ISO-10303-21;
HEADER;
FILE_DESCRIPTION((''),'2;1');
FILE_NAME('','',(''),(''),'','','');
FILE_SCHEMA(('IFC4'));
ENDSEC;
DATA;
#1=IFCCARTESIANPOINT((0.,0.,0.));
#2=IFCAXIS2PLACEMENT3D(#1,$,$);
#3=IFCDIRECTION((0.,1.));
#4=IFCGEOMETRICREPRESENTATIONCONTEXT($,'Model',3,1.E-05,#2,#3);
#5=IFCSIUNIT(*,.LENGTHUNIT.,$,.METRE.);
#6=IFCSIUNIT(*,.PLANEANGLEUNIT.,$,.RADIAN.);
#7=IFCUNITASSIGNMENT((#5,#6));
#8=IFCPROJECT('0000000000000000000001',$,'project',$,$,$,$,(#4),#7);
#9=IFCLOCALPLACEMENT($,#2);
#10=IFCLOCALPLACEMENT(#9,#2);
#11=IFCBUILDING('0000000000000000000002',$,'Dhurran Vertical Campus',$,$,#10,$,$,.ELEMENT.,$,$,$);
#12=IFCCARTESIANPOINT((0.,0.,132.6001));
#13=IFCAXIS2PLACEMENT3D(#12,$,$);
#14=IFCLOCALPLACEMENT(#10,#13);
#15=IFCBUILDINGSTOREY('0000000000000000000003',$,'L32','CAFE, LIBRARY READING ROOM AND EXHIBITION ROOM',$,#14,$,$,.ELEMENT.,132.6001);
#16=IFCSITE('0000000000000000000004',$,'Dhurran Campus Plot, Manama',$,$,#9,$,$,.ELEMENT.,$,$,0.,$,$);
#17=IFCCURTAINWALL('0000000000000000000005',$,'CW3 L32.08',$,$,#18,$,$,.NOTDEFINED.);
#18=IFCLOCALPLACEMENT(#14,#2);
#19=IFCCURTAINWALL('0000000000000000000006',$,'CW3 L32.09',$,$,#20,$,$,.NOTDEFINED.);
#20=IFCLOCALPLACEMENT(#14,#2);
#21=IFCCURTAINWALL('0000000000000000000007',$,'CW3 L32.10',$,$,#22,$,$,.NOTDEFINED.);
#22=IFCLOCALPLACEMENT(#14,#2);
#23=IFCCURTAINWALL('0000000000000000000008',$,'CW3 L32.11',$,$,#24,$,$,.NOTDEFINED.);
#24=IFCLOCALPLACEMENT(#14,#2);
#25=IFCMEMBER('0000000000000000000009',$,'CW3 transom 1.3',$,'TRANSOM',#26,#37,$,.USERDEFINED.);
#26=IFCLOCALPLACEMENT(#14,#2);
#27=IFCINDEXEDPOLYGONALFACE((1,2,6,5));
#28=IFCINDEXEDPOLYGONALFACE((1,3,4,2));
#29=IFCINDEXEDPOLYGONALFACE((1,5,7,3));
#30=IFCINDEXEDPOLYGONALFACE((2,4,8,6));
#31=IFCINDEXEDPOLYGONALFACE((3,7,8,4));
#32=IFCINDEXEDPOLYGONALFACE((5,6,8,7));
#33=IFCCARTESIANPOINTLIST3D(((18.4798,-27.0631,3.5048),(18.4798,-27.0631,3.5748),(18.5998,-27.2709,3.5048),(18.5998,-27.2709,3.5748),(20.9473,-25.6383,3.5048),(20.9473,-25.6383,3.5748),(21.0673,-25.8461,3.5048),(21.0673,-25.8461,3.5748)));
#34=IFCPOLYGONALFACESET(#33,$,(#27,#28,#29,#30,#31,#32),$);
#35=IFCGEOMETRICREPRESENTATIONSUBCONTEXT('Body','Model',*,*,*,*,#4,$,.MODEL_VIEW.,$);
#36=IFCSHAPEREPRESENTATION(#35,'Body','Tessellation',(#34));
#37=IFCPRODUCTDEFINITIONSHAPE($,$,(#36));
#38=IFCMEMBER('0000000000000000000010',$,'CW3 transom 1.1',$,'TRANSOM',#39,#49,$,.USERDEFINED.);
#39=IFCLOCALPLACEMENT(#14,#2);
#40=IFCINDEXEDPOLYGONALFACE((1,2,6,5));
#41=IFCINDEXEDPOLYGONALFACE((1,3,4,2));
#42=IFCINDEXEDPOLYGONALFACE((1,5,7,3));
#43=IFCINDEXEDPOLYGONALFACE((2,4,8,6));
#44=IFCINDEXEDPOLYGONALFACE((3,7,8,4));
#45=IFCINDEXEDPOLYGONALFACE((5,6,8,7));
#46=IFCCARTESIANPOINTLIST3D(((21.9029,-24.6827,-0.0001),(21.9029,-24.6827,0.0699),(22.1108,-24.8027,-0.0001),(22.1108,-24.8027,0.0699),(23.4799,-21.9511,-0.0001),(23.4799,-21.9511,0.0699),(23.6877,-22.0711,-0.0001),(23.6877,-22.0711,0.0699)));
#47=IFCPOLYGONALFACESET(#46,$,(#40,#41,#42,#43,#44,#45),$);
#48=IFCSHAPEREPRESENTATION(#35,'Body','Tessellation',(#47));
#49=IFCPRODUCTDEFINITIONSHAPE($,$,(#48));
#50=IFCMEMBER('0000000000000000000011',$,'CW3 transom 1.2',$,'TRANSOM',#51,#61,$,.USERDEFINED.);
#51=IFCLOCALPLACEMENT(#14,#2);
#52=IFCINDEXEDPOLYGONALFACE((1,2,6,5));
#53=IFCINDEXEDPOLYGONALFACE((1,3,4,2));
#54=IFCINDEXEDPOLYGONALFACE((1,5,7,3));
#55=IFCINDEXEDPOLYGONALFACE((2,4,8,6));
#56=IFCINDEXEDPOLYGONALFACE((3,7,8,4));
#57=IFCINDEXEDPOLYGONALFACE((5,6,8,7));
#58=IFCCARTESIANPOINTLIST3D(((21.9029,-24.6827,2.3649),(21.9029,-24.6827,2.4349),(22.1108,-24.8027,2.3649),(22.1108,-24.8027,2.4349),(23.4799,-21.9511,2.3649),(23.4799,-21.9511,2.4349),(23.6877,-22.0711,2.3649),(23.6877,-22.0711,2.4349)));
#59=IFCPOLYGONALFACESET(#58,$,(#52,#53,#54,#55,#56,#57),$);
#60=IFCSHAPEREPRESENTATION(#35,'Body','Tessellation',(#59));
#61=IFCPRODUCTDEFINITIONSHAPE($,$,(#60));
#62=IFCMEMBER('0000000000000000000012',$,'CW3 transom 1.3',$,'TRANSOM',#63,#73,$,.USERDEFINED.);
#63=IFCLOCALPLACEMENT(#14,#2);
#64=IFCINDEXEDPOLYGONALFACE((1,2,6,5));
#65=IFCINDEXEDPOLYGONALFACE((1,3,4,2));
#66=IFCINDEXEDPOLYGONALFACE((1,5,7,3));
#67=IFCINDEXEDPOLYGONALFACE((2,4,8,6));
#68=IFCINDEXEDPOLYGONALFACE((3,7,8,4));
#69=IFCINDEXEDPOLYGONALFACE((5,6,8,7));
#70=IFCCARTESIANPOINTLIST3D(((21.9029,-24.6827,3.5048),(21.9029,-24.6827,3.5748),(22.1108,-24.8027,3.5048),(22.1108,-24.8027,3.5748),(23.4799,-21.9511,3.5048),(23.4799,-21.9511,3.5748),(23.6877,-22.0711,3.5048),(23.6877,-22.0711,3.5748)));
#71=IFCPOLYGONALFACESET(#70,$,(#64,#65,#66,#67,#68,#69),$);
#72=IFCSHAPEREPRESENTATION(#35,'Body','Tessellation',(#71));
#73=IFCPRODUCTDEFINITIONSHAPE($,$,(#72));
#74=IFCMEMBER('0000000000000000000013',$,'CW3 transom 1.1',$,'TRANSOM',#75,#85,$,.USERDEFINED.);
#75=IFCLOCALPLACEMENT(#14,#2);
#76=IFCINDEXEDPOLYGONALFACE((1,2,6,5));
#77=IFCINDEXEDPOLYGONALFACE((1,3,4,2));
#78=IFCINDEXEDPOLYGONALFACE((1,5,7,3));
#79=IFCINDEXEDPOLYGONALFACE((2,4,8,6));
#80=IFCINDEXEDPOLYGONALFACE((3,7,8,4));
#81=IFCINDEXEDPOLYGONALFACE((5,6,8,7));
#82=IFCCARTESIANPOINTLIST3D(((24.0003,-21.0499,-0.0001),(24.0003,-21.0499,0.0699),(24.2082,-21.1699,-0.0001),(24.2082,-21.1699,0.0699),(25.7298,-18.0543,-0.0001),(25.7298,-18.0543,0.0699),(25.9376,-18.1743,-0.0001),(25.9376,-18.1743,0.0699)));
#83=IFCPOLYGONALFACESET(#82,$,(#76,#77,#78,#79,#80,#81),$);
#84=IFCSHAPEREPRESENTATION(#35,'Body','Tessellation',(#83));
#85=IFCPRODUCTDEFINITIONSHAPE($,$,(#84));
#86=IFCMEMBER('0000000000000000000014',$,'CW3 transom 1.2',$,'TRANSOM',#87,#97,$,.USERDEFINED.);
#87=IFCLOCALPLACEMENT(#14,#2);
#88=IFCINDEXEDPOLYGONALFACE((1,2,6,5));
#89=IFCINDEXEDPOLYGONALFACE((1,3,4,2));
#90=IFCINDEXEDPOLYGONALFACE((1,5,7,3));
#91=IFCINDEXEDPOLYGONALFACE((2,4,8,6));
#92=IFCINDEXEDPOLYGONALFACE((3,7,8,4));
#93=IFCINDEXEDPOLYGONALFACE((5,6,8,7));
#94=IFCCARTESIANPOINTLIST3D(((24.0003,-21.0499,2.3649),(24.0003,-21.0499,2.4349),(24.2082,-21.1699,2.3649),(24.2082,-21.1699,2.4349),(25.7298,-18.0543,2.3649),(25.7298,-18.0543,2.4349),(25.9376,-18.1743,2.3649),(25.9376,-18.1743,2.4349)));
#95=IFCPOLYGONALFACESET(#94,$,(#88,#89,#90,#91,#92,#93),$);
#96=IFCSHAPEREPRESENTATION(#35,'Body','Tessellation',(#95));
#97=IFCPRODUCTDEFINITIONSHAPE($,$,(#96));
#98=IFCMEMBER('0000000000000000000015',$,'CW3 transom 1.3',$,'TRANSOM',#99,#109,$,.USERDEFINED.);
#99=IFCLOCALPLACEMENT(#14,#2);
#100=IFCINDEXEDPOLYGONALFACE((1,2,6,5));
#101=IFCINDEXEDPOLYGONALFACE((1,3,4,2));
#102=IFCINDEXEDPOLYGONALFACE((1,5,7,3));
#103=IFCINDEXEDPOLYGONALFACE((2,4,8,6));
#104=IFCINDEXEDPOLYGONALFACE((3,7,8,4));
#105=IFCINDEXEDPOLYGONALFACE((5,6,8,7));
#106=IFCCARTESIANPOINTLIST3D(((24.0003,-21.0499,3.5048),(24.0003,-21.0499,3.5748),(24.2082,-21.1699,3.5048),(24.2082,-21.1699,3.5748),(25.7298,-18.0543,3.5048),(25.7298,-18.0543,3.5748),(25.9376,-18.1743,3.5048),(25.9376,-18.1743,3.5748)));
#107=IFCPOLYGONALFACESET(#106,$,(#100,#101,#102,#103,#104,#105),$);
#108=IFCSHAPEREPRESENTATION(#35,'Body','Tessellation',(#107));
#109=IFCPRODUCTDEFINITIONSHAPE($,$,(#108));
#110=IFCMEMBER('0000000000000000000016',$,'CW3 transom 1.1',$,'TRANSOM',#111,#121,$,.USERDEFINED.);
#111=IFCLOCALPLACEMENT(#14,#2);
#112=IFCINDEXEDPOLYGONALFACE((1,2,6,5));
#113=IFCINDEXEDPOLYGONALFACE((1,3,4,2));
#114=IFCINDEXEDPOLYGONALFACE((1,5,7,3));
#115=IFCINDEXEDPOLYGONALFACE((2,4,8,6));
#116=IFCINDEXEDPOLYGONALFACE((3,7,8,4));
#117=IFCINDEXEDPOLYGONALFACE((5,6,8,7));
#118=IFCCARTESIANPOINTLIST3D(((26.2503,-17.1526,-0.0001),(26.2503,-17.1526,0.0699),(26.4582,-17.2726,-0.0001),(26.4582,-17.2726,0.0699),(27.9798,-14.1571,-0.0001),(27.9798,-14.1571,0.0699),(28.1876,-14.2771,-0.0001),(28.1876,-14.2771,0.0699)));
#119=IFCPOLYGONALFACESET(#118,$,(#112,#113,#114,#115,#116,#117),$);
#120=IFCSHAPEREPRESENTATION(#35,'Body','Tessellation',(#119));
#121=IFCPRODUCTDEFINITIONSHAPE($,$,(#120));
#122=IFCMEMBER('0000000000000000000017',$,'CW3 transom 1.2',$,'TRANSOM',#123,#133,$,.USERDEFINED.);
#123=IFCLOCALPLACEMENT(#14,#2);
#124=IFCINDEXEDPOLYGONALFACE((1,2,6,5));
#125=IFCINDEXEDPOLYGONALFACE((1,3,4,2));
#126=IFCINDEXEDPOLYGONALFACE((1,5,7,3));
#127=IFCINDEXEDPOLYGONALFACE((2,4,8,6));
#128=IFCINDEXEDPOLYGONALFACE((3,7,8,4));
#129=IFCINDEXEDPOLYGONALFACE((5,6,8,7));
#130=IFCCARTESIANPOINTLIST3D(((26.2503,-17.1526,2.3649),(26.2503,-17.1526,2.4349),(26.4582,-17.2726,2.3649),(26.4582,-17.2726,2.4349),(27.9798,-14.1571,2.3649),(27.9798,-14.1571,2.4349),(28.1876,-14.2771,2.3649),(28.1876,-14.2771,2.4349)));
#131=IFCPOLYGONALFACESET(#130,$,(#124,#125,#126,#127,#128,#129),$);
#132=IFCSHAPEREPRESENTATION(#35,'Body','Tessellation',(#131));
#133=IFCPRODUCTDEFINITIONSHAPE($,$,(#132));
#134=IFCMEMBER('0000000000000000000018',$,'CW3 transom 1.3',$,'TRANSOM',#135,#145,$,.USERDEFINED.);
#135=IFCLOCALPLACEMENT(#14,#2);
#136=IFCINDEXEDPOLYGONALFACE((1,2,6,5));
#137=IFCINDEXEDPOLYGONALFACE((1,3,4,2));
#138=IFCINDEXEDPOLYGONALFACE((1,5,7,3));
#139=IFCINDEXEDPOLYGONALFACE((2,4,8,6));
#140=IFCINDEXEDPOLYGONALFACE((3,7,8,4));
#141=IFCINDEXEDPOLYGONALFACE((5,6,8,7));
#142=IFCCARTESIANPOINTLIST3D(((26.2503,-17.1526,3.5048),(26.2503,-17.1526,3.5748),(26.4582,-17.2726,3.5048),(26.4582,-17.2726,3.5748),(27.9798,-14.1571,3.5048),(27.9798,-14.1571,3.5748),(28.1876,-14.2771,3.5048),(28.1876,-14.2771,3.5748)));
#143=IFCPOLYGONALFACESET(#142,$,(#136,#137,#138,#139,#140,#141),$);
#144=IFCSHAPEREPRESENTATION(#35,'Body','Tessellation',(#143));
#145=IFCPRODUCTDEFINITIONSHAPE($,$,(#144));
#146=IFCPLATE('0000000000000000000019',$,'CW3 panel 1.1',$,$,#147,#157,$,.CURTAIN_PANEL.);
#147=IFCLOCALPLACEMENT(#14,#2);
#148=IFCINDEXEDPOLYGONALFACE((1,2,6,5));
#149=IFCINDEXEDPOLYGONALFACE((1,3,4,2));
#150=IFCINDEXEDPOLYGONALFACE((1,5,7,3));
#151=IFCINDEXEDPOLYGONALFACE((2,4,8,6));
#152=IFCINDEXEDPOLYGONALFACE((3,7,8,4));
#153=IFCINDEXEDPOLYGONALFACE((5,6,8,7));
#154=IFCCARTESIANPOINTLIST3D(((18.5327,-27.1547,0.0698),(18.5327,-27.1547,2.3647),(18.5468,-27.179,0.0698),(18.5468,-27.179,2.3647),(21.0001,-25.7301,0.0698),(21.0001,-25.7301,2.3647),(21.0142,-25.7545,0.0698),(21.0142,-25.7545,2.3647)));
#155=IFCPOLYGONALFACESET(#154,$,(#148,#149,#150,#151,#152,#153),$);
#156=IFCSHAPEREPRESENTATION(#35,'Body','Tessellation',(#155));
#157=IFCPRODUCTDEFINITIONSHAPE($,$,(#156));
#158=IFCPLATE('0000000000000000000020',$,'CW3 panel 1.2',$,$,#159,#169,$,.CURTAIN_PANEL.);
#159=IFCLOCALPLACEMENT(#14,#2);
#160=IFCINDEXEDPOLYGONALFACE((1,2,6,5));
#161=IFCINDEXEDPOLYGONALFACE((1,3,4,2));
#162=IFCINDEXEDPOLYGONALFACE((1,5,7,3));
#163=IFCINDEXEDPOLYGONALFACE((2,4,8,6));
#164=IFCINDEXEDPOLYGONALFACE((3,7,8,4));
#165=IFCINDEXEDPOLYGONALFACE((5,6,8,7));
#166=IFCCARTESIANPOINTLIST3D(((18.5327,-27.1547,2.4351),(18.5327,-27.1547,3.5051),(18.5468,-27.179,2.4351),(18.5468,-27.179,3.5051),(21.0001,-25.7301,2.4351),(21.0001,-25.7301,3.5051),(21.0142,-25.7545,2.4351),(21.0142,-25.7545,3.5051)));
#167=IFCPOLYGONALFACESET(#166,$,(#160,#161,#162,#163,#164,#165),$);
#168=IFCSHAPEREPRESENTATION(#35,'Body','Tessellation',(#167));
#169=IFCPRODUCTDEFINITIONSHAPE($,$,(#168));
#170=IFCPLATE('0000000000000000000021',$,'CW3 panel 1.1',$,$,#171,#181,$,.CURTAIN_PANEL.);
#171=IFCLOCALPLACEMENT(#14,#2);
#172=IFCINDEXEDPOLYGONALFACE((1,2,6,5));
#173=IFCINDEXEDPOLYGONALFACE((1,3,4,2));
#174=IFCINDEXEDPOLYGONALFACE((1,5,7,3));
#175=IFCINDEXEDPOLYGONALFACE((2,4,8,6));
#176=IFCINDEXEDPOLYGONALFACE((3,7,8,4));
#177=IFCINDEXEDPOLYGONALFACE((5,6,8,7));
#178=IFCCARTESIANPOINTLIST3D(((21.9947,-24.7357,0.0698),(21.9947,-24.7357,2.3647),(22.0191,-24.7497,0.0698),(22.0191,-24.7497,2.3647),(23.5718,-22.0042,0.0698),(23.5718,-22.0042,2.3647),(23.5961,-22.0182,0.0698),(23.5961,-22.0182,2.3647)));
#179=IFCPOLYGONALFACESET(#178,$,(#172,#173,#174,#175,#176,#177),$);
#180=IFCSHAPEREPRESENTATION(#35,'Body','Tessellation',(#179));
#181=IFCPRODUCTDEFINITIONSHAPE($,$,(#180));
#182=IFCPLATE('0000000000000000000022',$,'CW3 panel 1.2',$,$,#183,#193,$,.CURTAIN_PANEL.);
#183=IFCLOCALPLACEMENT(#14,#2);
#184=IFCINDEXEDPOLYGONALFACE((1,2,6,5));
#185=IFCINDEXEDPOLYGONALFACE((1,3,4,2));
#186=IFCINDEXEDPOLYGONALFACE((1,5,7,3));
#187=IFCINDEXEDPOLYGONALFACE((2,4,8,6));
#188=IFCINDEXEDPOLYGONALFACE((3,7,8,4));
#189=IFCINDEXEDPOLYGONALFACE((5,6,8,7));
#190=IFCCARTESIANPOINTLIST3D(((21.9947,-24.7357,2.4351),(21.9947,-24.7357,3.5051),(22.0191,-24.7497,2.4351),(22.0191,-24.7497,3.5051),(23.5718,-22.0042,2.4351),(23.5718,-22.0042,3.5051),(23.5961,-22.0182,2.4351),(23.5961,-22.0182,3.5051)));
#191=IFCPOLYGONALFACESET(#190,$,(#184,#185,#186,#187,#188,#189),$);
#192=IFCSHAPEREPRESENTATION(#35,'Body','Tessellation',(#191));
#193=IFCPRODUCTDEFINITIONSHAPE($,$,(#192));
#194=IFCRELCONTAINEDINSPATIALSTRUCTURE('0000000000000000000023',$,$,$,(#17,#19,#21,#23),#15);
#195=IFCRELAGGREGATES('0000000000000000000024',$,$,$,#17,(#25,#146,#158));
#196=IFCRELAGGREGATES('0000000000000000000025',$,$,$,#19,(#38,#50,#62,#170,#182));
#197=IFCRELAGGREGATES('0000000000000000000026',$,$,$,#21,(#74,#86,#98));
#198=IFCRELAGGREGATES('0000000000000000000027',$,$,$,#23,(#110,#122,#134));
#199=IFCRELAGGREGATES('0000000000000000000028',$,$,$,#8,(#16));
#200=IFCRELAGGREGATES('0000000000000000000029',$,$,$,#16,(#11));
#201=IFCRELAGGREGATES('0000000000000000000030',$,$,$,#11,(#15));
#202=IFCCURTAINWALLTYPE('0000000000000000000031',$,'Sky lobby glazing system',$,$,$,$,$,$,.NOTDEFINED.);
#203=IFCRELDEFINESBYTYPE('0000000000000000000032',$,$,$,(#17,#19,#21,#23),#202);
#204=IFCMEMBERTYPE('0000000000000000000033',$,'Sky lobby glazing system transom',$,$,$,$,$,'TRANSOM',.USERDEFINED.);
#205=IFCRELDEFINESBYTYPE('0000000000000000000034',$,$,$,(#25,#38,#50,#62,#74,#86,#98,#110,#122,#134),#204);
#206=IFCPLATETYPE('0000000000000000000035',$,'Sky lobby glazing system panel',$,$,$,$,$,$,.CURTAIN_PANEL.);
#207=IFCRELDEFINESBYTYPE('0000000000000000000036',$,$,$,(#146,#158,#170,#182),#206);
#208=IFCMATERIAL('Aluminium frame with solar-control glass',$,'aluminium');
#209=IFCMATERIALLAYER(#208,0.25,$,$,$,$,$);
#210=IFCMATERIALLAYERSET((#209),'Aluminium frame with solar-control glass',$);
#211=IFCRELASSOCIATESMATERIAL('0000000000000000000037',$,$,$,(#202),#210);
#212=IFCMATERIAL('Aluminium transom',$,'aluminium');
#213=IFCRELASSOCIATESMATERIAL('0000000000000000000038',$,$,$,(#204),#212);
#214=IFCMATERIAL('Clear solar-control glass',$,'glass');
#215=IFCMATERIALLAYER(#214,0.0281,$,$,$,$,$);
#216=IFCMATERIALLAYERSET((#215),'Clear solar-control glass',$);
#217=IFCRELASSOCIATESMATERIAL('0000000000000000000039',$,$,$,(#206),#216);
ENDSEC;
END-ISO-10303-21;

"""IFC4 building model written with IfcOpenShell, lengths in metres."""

from ifc_helpers import new_model, si_unit, direction, frame, origin, origin_2d, place, context, subcontext, project, spatial, rectangle, extrude, material, layer, layer_set, material_profile, profile_set, type_object, element, aggregate, save


model = new_model("IFC4")

# Units and contexts
model_context = context("Model", 3, precision=1e-05, world=origin(), true_north=direction((0.0, 1.0)))
body_context = subcontext(model_context, "Body", "Model", "MODEL_VIEW")
ifc_project = project(units=[si_unit("LENGTHUNIT", "METRE"), si_unit("PLANEANGLEUNIT", "RADIAN")], contexts=[model_context])

# Site, building, storey
site_placement = place(None, origin())
site = spatial("IfcSite", under=ifc_project, at=site_placement, Name="Dhurran Campus Plot, Manama", CompositionType="ELEMENT", RefElevation=0.0)
building_placement = place(site_placement, origin())
building = spatial("IfcBuilding", under=site, at=building_placement, Name="Dhurran Vertical Campus", CompositionType="ELEMENT")
storey_placement = place(building_placement, frame((0.0, 0.0, 132.6001)))
storey = spatial("IfcBuildingStorey", under=building, at=storey_placement, Name="L32", Description="CAFE, LIBRARY READING ROOM AND EXHIBITION ROOM", CompositionType="ELEMENT", Elevation=132.6001)

# Shared definitions
ifc_material_1 = material(Name="Aluminium frame with solar-control glass", Category="aluminium")
ifc_layer_1 = layer(ifc_material_1, 0.25)
ifc_layer_set_1 = layer_set([ifc_layer_1], Name="Aluminium frame with solar-control glass")
curtain_wall_type = type_object("IfcCurtainWallType", Name="Sky lobby glazing system", PredefinedType="NOTDEFINED", material=ifc_layer_set_1)

# Curtain walls
curtain_wall_1_placement = place(storey_placement, origin())
curtain_wall_1 = element("IfcCurtainWall", 1, at=curtain_wall_1_placement, inside=storey, type_object=curtain_wall_type, Name="CW3 L32.08", PredefinedType="NOTDEFINED")
curtain_wall_2_placement = place(storey_placement, origin())
curtain_wall_2 = element("IfcCurtainWall", 2, at=curtain_wall_2_placement, inside=storey, type_object=curtain_wall_type, Name="CW3 L32.09", PredefinedType="NOTDEFINED")
curtain_wall_3_placement = place(storey_placement, origin())
curtain_wall_3 = element("IfcCurtainWall", 3, at=curtain_wall_3_placement, inside=storey, type_object=curtain_wall_type, Name="CW3 L32.10", PredefinedType="NOTDEFINED")

# Curtain wall
curtain_wall_4_placement = place(storey_placement, origin())
curtain_wall_4 = element("IfcCurtainWall", 4, at=curtain_wall_4_placement, inside=storey, type_object=curtain_wall_type, Name="CW3 L32.11", PredefinedType="NOTDEFINED")

# Members
ifc_material_2 = material(Name="Aluminium transom", Category="aluminium")
ifc_material_profile_1 = material_profile(ifc_material_2, rectangle(XDim=0.24, YDim=0.0701, at=origin_2d()), Name="Sky lobby glazing system transom")
ifc_profile_set_1 = profile_set([ifc_material_profile_1], Name="Aluminium transom")
member_type_1 = type_object("IfcMemberType", Name="Sky lobby glazing system transom", ElementType="TRANSOM", PredefinedType="USERDEFINED", material=ifc_profile_set_1)
member_1_placement = place(storey_placement, frame((18.5398, -27.167, 3.5398), z_axis=(0.865999, 0.500046, 0.0), x_axis=(-0.500046, 0.865999, 0.0)))
member_1 = element("IfcMember", 5, at=member_1_placement, type_object=member_type_1, Name="CW3 transom 1.3", ObjectType="TRANSOM", PredefinedType="USERDEFINED", context=body_context, shape_type="SweptSolid", body=[
    extrude(rectangle(XDim=0.24, YDim=0.0701, at=origin_2d()), origin(), (0.0, 0.0, 1.0), 2.8494),
])
member_2_placement = place(storey_placement, frame((22.0068, -24.7427, 0.0349), z_axis=(0.499977, 0.866039, 0.0), x_axis=(-0.866039, 0.499977, 0.0)))
member_2 = element("IfcMember", 6, at=member_2_placement, type_object=member_type_1, Name="CW3 transom 1.1", ObjectType="TRANSOM", PredefinedType="USERDEFINED", context=body_context, shape_type="SweptSolid", body=[
    extrude(rectangle(XDim=0.24, YDim=0.0701, at=origin_2d()), origin(), (0.0, 0.0, 1.0), 3.1541),
])
member_3_placement = place(storey_placement, frame((22.0068, -24.7427, 2.3999), z_axis=(0.499977, 0.866039, 0.0), x_axis=(-0.866039, 0.499977, 0.0)))
member_3 = element("IfcMember", 7, at=member_3_placement, type_object=member_type_1, Name="CW3 transom 1.2", ObjectType="TRANSOM", PredefinedType="USERDEFINED", context=body_context, shape_type="SweptSolid", body=[
    extrude(rectangle(XDim=0.24, YDim=0.0701, at=origin_2d()), origin(), (0.0, 0.0, 1.0), 3.1541),
])
member_4_placement = place(storey_placement, frame((22.0068, -24.7427, 3.5398), z_axis=(0.499977, 0.866039, 0.0), x_axis=(-0.866039, 0.499977, 0.0)))
member_4 = element("IfcMember", 8, at=member_4_placement, type_object=member_type_1, Name="CW3 transom 1.3", ObjectType="TRANSOM", PredefinedType="USERDEFINED", context=body_context, shape_type="SweptSolid", body=[
    extrude(rectangle(XDim=0.24, YDim=0.0701, at=origin_2d()), origin(), (0.0, 0.0, 1.0), 3.1541),
])
member_5_placement = place(storey_placement, frame((24.1042, -21.1099, 0.0349), z_axis=(0.499995, 0.866028, 0.0), x_axis=(-0.866028, 0.499995, 0.0)))
member_5 = element("IfcMember", 9, at=member_5_placement, type_object=member_type_1, Name="CW3 transom 1.1", ObjectType="TRANSOM", PredefinedType="USERDEFINED", context=body_context, shape_type="SweptSolid", body=[
    extrude(rectangle(XDim=0.24, YDim=0.0701, at=origin_2d()), origin(), (0.0, 0.0, 1.0), 3.459),
])
member_6_placement = place(storey_placement, frame((24.1042, -21.1099, 2.3999), z_axis=(0.499995, 0.866028, 0.0), x_axis=(-0.866028, 0.499995, 0.0)))
member_6 = element("IfcMember", 10, at=member_6_placement, type_object=member_type_1, Name="CW3 transom 1.2", ObjectType="TRANSOM", PredefinedType="USERDEFINED", context=body_context, shape_type="SweptSolid", body=[
    extrude(rectangle(XDim=0.24, YDim=0.0701, at=origin_2d()), origin(), (0.0, 0.0, 1.0), 3.459),
])
member_7_placement = place(storey_placement, frame((24.1042, -21.1099, 3.5398), z_axis=(0.499995, 0.866028, 0.0), x_axis=(-0.866028, 0.499995, 0.0)))
member_7 = element("IfcMember", 11, at=member_7_placement, type_object=member_type_1, Name="CW3 transom 1.3", ObjectType="TRANSOM", PredefinedType="USERDEFINED", context=body_context, shape_type="SweptSolid", body=[
    extrude(rectangle(XDim=0.24, YDim=0.0701, at=origin_2d()), origin(), (0.0, 0.0, 1.0), 3.459),
])
member_8_placement = place(storey_placement, frame((26.3542, -17.2126, 0.0349), z_axis=(0.499995, 0.866028, 0.0), x_axis=(-0.866028, 0.499995, 0.0)))
member_8 = element("IfcMember", 12, at=member_8_placement, type_object=member_type_1, Name="CW3 transom 1.1", ObjectType="TRANSOM", PredefinedType="USERDEFINED", context=body_context, shape_type="SweptSolid", body=[
    extrude(rectangle(XDim=0.24, YDim=0.0701, at=origin_2d()), origin(), (0.0, 0.0, 1.0), 3.459),
])
member_9_placement = place(storey_placement, frame((26.3542, -17.2126, 2.3999), z_axis=(0.499995, 0.866028, 0.0), x_axis=(-0.866028, 0.499995, 0.0)))
member_9 = element("IfcMember", 13, at=member_9_placement, type_object=member_type_1, Name="CW3 transom 1.2", ObjectType="TRANSOM", PredefinedType="USERDEFINED", context=body_context, shape_type="SweptSolid", body=[
    extrude(rectangle(XDim=0.24, YDim=0.0701, at=origin_2d()), origin(), (0.0, 0.0, 1.0), 3.459),
])
member_10_placement = place(storey_placement, frame((26.3542, -17.2126, 3.5398), z_axis=(0.499995, 0.866028, 0.0), x_axis=(-0.866028, 0.499995, 0.0)))
member_10 = element("IfcMember", 14, at=member_10_placement, type_object=member_type_1, Name="CW3 transom 1.3", ObjectType="TRANSOM", PredefinedType="USERDEFINED", context=body_context, shape_type="SweptSolid", body=[
    extrude(rectangle(XDim=0.24, YDim=0.0701, at=origin_2d()), origin(), (0.0, 0.0, 1.0), 3.459),
])

# Plates
ifc_material_3 = material(Name="Clear solar-control glass", Category="glass")
ifc_layer_2 = layer(ifc_material_3, 0.0281)
ifc_layer_set_2 = layer_set([ifc_layer_2], Name="Clear solar-control glass")
plate_type = type_object("IfcPlateType", Name="Sky lobby glazing system panel", PredefinedType="CURTAIN_PANEL", material=ifc_layer_set_2)
plate_1_placement = place(storey_placement, frame((19.7734, -26.4546, 0.0698), z_axis=(0.0, 0.0, 1.0), x_axis=(0.866023, 0.500003, 0.0)))
plate_1 = element("IfcPlate", 15, at=plate_1_placement, type_object=plate_type, Name="CW3 panel 1.1", PredefinedType="CURTAIN_PANEL", context=body_context, shape_type="SweptSolid", body=[
    extrude(rectangle(XDim=2.8491, YDim=0.0281, at=origin_2d()), origin(), (0.0, 0.0, 1.0), 2.2949),
])
plate_2_placement = place(storey_placement, frame((19.7734, -26.4546, 2.4351), z_axis=(0.0, 0.0, 1.0), x_axis=(0.866023, 0.500003, 0.0)))
plate_2 = element("IfcPlate", 16, at=plate_2_placement, type_object=plate_type, Name="CW3 panel 1.2", PredefinedType="CURTAIN_PANEL", context=body_context, shape_type="SweptSolid", body=[
    extrude(rectangle(XDim=2.8491, YDim=0.0281, at=origin_2d()), origin(), (0.0, 0.0, 1.0), 1.0701),
])
aggregate(curtain_wall_1, [member_1, plate_1, plate_2])
plate_3_placement = place(storey_placement, frame((22.7954, -23.377, 0.0698), z_axis=(0.0, 0.0, 1.0), x_axis=(0.499998, 0.866026, 0.0)))
plate_3 = element("IfcPlate", 17, at=plate_3_placement, type_object=plate_type, Name="CW3 panel 1.1", PredefinedType="CURTAIN_PANEL", context=body_context, shape_type="SweptSolid", body=[
    extrude(rectangle(XDim=3.1541, YDim=0.0281, at=origin_2d()), origin(), (0.0, 0.0, 1.0), 2.2949),
])
plate_4_placement = place(storey_placement, frame((22.7954, -23.377, 2.4351), z_axis=(0.0, 0.0, 1.0), x_axis=(0.499998, 0.866026, 0.0)))
plate_4 = element("IfcPlate", 18, at=plate_4_placement, type_object=plate_type, Name="CW3 panel 1.2", PredefinedType="CURTAIN_PANEL", context=body_context, shape_type="SweptSolid", body=[
    extrude(rectangle(XDim=3.1541, YDim=0.0281, at=origin_2d()), origin(), (0.0, 0.0, 1.0), 1.0701),
])
aggregate(curtain_wall_2, [member_2, member_3, member_4, plate_3, plate_4])
aggregate(curtain_wall_3, [member_5, member_6, member_7])
aggregate(curtain_wall_4, [member_8, member_9, member_10])

save(model, "model.ifc")
